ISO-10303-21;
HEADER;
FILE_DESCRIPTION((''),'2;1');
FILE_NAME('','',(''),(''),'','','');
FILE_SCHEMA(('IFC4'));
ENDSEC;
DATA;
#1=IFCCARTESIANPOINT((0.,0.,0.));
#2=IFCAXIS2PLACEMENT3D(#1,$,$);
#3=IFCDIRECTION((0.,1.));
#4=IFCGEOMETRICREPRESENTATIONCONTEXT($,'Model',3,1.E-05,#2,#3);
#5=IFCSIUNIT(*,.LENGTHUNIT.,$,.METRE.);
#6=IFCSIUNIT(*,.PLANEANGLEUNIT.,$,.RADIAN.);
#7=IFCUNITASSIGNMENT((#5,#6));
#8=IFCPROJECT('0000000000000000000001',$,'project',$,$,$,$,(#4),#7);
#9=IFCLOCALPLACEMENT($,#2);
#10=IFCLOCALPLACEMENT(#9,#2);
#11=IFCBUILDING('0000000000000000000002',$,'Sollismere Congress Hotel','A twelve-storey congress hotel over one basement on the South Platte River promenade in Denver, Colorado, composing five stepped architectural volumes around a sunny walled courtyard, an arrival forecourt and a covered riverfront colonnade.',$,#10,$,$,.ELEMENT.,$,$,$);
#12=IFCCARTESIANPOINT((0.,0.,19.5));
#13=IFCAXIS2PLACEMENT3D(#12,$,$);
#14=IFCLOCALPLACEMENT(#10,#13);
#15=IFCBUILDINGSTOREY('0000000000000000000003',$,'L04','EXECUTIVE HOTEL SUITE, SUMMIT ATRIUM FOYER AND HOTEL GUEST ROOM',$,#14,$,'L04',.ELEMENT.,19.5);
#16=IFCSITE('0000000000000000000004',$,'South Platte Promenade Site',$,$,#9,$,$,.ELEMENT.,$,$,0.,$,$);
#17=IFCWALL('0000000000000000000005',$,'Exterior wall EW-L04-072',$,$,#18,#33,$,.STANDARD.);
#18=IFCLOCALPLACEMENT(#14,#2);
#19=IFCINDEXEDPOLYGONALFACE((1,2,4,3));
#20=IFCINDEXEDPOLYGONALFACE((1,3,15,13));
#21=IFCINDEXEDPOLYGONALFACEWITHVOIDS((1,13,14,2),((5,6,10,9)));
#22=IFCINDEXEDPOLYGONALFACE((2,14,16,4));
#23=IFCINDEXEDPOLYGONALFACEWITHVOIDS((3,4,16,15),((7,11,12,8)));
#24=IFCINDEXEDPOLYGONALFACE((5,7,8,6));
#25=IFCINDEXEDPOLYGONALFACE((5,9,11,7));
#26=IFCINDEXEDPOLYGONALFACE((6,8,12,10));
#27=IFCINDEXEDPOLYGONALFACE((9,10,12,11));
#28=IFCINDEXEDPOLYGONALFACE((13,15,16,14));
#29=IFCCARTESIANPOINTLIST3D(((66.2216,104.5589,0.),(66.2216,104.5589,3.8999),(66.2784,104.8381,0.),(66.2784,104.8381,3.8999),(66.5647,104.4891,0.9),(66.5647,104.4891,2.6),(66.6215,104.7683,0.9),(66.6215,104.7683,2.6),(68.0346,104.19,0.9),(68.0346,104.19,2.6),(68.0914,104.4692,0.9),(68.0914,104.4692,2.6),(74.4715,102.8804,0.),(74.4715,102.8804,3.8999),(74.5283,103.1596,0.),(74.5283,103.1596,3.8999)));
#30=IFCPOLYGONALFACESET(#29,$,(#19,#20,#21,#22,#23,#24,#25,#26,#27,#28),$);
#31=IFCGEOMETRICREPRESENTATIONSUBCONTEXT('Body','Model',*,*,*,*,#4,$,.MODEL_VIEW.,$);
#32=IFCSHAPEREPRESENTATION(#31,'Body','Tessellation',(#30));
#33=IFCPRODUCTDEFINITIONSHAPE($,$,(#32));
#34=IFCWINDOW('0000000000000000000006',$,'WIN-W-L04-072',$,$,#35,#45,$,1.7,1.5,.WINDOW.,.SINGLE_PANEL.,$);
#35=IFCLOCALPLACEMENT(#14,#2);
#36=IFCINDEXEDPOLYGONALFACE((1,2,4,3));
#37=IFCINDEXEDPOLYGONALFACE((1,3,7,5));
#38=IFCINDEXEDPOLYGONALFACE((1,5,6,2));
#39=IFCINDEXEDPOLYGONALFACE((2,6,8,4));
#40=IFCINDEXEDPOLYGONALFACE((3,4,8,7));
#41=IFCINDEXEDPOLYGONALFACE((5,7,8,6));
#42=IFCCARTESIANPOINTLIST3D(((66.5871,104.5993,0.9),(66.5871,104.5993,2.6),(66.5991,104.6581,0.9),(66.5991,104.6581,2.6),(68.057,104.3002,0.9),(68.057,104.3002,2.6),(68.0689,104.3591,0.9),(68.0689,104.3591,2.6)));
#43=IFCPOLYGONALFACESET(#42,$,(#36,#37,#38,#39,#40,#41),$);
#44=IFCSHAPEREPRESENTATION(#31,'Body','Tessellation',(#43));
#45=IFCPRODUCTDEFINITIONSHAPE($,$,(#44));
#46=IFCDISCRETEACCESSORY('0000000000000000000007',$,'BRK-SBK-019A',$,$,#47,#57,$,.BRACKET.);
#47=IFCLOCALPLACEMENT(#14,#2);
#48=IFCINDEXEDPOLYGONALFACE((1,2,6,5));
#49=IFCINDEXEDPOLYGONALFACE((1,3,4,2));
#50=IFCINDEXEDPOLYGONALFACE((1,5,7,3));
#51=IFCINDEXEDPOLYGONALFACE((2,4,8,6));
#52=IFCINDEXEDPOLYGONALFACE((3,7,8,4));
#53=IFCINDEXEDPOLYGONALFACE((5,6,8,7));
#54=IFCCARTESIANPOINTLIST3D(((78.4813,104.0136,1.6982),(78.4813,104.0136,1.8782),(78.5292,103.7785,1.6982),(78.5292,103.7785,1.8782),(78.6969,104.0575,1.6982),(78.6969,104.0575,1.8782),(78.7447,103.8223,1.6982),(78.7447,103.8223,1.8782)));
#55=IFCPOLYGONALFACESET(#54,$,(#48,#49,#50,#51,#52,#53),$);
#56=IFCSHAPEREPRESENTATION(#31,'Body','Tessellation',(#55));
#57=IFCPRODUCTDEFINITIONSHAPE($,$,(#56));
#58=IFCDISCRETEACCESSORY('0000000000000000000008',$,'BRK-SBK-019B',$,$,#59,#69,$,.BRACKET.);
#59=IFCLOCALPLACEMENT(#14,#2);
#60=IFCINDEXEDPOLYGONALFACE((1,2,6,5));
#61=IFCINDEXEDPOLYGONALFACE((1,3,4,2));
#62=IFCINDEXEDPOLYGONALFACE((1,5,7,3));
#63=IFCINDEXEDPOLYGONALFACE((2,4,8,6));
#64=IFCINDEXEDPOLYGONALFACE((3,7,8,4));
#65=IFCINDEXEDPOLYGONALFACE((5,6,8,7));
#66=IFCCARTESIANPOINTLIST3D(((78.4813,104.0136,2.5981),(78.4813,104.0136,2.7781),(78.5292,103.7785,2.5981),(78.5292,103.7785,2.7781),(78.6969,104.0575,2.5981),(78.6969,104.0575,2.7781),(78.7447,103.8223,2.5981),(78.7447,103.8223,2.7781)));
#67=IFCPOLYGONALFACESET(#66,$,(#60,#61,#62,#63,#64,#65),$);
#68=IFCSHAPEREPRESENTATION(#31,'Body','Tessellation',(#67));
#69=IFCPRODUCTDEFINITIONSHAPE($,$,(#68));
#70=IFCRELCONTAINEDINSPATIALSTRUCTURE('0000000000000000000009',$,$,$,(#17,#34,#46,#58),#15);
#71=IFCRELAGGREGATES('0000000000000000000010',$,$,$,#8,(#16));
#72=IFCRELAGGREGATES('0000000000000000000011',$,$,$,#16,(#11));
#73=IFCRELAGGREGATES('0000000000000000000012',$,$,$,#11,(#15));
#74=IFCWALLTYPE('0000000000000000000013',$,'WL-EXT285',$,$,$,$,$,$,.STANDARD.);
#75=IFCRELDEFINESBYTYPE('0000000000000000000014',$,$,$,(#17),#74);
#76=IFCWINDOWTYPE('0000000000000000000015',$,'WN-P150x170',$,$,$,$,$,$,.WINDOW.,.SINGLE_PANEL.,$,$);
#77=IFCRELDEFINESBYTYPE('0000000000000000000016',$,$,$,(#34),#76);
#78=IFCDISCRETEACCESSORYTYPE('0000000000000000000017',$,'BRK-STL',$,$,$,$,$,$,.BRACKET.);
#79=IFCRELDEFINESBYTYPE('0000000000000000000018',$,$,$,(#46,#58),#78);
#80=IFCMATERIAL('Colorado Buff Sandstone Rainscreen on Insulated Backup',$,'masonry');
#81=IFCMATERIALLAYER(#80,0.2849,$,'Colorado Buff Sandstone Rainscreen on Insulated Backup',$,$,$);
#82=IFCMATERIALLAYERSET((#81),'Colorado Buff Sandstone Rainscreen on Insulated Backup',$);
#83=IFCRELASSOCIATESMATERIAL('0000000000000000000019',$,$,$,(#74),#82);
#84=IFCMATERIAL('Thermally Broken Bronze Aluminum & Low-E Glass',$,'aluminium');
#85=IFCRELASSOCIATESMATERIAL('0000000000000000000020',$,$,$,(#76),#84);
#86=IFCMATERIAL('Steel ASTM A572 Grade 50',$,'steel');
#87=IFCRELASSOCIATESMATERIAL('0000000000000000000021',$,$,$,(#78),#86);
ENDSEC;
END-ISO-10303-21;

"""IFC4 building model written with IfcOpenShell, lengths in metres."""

from ifc_helpers import new_model, si_unit, direction, frame, frame_2d, origin, origin_2d, place, context, subcontext, project, spatial, rectangle, extrude, material, layer, layer_set, type_object, element, fill, save


model = new_model("IFC4")

# Units and contexts
model_context = context("Model", 3, precision=1e-05, world=origin(), true_north=direction((0.0, 1.0)))
body_context = subcontext(model_context, "Body", "Model", "MODEL_VIEW")
ifc_project = project(units=[si_unit("LENGTHUNIT", "METRE"), si_unit("PLANEANGLEUNIT", "RADIAN")], contexts=[model_context])

# Site, building, storey
site_placement = place(None, origin())
site = spatial("IfcSite", under=ifc_project, at=site_placement, Name="South Platte Promenade Site", CompositionType="ELEMENT", RefElevation=0.0)
building_placement = place(site_placement, origin())
building = spatial("IfcBuilding", under=site, at=building_placement, Name="Sollismere Congress Hotel", Description="A twelve-storey congress hotel over one basement on the South Platte River promenade in Denver, Colorado, composing five stepped architectural volumes around a sunny walled courtyard, an arrival forecourt and a covered riverfront colonnade.", CompositionType="ELEMENT")
storey_placement = place(building_placement, frame((0.0, 0.0, 19.5)))
storey = spatial("IfcBuildingStorey", under=building, at=storey_placement, Name="L04", Description="EXECUTIVE HOTEL SUITE, SUMMIT ATRIUM FOYER AND HOTEL GUEST ROOM", LongName="L04", CompositionType="ELEMENT", Elevation=19.5)

# Wall, opening, window
ifc_material_1 = material(Name="Colorado Buff Sandstone Rainscreen on Insulated Backup", Category="masonry")
ifc_layer_1 = layer(ifc_material_1, 0.2849, Name="Colorado Buff Sandstone Rainscreen on Insulated Backup")
ifc_layer_set_1 = layer_set([ifc_layer_1], Name="Colorado Buff Sandstone Rainscreen on Insulated Backup")
wall_type = type_object("IfcWallType", Name="WL-EXT285", PredefinedType="STANDARD", material=ifc_layer_set_1)
wall_placement = place(storey_placement, frame((66.25, 104.6985, 0.0), z_axis=(0.0, 0.0, 1.0), x_axis=(0.979925, -0.199366, 0.0)))
wall = element("IfcWall", 1, at=wall_placement, inside=storey, type_object=wall_type, Name="Exterior wall EW-L04-072", PredefinedType="STANDARD", context=body_context, shape_type="SweptSolid", body=[
    extrude(rectangle(XDim=8.4189, YDim=0.2849, at=frame_2d((4.2095, 0.0))), origin(), (0.0, 0.0, 1.0), 3.8999),
])
opening_placement = place(wall_placement, frame((0.3501, 0.0, 0.8999)))
opening = element("IfcOpeningElement", 2, at=opening_placement, cuts=wall, PredefinedType="OPENING", context=body_context, shape_type="SweptSolid", body=[
    extrude(rectangle(XDim=1.5, YDim=1.7, at=frame_2d((0.75, 0.8501))), frame((0.0, 0.1523, 0.0), z_axis=(0.0, -1.0, 0.0), x_axis=(1.0, 0.0, 0.0)), (0.0, 0.0, 1.0), 0.3049),
])
ifc_material_2 = material(Name="Thermally Broken Bronze Aluminum & Low-E Glass", Category="aluminium")
window_type = type_object("IfcWindowType", Name="WN-P150x170", PartitioningType="SINGLE_PANEL", PredefinedType="WINDOW", material=ifc_material_2)
window_placement = place(opening_placement, origin())
window = element("IfcWindow", 3, at=window_placement, inside=storey, type_object=window_type, Name="WIN-W-L04-072", OverallHeight=1.7, OverallWidth=1.5, PartitioningType="SINGLE_PANEL", PredefinedType="WINDOW", context=body_context, shape_type="SweptSolid", body=[
    extrude(rectangle(XDim=1.5, YDim=1.7, at=frame_2d((0.75, 0.8501))), frame((0.0, 0.03, 0.0), z_axis=(0.0, -1.0, 0.0), x_axis=(1.0, 0.0, 0.0)), (0.0, 0.0, 1.0), 0.0601),
])
fill(opening, window)

# Discrete accessories
ifc_material_3 = material(Name="Steel ASTM A572 Grade 50", Category="steel")
discrete_accessory_type = type_object("IfcDiscreteAccessoryType", Name="BRK-STL", PredefinedType="BRACKET", material=ifc_material_3)
for number, where, z_axis, x_axis, name in (
    (4, (78.613, 103.918, 1.6982), (0.0, 0.0, 1.0), (0.979925, 0.199368, 0.0), "BRK-SBK-019A"),
    (5, (78.613, 103.918, 2.5981), (0.0, 0.0, 1.0), (0.979925, 0.199368, 0.0), "BRK-SBK-019B"),
):
    element("IfcDiscreteAccessory", number, at=place(storey_placement, frame(where, z_axis=z_axis, x_axis=x_axis)), inside=storey, type_object=discrete_accessory_type, Name=name, PredefinedType="BRACKET", context=body_context, shape_type="SweptSolid", body=[
        extrude(rectangle(XDim=0.22, YDim=0.24, at=origin_2d()), origin(), (0.0, 0.0, 1.0), 0.1799),
    ])

save(model, "model.ifc")
